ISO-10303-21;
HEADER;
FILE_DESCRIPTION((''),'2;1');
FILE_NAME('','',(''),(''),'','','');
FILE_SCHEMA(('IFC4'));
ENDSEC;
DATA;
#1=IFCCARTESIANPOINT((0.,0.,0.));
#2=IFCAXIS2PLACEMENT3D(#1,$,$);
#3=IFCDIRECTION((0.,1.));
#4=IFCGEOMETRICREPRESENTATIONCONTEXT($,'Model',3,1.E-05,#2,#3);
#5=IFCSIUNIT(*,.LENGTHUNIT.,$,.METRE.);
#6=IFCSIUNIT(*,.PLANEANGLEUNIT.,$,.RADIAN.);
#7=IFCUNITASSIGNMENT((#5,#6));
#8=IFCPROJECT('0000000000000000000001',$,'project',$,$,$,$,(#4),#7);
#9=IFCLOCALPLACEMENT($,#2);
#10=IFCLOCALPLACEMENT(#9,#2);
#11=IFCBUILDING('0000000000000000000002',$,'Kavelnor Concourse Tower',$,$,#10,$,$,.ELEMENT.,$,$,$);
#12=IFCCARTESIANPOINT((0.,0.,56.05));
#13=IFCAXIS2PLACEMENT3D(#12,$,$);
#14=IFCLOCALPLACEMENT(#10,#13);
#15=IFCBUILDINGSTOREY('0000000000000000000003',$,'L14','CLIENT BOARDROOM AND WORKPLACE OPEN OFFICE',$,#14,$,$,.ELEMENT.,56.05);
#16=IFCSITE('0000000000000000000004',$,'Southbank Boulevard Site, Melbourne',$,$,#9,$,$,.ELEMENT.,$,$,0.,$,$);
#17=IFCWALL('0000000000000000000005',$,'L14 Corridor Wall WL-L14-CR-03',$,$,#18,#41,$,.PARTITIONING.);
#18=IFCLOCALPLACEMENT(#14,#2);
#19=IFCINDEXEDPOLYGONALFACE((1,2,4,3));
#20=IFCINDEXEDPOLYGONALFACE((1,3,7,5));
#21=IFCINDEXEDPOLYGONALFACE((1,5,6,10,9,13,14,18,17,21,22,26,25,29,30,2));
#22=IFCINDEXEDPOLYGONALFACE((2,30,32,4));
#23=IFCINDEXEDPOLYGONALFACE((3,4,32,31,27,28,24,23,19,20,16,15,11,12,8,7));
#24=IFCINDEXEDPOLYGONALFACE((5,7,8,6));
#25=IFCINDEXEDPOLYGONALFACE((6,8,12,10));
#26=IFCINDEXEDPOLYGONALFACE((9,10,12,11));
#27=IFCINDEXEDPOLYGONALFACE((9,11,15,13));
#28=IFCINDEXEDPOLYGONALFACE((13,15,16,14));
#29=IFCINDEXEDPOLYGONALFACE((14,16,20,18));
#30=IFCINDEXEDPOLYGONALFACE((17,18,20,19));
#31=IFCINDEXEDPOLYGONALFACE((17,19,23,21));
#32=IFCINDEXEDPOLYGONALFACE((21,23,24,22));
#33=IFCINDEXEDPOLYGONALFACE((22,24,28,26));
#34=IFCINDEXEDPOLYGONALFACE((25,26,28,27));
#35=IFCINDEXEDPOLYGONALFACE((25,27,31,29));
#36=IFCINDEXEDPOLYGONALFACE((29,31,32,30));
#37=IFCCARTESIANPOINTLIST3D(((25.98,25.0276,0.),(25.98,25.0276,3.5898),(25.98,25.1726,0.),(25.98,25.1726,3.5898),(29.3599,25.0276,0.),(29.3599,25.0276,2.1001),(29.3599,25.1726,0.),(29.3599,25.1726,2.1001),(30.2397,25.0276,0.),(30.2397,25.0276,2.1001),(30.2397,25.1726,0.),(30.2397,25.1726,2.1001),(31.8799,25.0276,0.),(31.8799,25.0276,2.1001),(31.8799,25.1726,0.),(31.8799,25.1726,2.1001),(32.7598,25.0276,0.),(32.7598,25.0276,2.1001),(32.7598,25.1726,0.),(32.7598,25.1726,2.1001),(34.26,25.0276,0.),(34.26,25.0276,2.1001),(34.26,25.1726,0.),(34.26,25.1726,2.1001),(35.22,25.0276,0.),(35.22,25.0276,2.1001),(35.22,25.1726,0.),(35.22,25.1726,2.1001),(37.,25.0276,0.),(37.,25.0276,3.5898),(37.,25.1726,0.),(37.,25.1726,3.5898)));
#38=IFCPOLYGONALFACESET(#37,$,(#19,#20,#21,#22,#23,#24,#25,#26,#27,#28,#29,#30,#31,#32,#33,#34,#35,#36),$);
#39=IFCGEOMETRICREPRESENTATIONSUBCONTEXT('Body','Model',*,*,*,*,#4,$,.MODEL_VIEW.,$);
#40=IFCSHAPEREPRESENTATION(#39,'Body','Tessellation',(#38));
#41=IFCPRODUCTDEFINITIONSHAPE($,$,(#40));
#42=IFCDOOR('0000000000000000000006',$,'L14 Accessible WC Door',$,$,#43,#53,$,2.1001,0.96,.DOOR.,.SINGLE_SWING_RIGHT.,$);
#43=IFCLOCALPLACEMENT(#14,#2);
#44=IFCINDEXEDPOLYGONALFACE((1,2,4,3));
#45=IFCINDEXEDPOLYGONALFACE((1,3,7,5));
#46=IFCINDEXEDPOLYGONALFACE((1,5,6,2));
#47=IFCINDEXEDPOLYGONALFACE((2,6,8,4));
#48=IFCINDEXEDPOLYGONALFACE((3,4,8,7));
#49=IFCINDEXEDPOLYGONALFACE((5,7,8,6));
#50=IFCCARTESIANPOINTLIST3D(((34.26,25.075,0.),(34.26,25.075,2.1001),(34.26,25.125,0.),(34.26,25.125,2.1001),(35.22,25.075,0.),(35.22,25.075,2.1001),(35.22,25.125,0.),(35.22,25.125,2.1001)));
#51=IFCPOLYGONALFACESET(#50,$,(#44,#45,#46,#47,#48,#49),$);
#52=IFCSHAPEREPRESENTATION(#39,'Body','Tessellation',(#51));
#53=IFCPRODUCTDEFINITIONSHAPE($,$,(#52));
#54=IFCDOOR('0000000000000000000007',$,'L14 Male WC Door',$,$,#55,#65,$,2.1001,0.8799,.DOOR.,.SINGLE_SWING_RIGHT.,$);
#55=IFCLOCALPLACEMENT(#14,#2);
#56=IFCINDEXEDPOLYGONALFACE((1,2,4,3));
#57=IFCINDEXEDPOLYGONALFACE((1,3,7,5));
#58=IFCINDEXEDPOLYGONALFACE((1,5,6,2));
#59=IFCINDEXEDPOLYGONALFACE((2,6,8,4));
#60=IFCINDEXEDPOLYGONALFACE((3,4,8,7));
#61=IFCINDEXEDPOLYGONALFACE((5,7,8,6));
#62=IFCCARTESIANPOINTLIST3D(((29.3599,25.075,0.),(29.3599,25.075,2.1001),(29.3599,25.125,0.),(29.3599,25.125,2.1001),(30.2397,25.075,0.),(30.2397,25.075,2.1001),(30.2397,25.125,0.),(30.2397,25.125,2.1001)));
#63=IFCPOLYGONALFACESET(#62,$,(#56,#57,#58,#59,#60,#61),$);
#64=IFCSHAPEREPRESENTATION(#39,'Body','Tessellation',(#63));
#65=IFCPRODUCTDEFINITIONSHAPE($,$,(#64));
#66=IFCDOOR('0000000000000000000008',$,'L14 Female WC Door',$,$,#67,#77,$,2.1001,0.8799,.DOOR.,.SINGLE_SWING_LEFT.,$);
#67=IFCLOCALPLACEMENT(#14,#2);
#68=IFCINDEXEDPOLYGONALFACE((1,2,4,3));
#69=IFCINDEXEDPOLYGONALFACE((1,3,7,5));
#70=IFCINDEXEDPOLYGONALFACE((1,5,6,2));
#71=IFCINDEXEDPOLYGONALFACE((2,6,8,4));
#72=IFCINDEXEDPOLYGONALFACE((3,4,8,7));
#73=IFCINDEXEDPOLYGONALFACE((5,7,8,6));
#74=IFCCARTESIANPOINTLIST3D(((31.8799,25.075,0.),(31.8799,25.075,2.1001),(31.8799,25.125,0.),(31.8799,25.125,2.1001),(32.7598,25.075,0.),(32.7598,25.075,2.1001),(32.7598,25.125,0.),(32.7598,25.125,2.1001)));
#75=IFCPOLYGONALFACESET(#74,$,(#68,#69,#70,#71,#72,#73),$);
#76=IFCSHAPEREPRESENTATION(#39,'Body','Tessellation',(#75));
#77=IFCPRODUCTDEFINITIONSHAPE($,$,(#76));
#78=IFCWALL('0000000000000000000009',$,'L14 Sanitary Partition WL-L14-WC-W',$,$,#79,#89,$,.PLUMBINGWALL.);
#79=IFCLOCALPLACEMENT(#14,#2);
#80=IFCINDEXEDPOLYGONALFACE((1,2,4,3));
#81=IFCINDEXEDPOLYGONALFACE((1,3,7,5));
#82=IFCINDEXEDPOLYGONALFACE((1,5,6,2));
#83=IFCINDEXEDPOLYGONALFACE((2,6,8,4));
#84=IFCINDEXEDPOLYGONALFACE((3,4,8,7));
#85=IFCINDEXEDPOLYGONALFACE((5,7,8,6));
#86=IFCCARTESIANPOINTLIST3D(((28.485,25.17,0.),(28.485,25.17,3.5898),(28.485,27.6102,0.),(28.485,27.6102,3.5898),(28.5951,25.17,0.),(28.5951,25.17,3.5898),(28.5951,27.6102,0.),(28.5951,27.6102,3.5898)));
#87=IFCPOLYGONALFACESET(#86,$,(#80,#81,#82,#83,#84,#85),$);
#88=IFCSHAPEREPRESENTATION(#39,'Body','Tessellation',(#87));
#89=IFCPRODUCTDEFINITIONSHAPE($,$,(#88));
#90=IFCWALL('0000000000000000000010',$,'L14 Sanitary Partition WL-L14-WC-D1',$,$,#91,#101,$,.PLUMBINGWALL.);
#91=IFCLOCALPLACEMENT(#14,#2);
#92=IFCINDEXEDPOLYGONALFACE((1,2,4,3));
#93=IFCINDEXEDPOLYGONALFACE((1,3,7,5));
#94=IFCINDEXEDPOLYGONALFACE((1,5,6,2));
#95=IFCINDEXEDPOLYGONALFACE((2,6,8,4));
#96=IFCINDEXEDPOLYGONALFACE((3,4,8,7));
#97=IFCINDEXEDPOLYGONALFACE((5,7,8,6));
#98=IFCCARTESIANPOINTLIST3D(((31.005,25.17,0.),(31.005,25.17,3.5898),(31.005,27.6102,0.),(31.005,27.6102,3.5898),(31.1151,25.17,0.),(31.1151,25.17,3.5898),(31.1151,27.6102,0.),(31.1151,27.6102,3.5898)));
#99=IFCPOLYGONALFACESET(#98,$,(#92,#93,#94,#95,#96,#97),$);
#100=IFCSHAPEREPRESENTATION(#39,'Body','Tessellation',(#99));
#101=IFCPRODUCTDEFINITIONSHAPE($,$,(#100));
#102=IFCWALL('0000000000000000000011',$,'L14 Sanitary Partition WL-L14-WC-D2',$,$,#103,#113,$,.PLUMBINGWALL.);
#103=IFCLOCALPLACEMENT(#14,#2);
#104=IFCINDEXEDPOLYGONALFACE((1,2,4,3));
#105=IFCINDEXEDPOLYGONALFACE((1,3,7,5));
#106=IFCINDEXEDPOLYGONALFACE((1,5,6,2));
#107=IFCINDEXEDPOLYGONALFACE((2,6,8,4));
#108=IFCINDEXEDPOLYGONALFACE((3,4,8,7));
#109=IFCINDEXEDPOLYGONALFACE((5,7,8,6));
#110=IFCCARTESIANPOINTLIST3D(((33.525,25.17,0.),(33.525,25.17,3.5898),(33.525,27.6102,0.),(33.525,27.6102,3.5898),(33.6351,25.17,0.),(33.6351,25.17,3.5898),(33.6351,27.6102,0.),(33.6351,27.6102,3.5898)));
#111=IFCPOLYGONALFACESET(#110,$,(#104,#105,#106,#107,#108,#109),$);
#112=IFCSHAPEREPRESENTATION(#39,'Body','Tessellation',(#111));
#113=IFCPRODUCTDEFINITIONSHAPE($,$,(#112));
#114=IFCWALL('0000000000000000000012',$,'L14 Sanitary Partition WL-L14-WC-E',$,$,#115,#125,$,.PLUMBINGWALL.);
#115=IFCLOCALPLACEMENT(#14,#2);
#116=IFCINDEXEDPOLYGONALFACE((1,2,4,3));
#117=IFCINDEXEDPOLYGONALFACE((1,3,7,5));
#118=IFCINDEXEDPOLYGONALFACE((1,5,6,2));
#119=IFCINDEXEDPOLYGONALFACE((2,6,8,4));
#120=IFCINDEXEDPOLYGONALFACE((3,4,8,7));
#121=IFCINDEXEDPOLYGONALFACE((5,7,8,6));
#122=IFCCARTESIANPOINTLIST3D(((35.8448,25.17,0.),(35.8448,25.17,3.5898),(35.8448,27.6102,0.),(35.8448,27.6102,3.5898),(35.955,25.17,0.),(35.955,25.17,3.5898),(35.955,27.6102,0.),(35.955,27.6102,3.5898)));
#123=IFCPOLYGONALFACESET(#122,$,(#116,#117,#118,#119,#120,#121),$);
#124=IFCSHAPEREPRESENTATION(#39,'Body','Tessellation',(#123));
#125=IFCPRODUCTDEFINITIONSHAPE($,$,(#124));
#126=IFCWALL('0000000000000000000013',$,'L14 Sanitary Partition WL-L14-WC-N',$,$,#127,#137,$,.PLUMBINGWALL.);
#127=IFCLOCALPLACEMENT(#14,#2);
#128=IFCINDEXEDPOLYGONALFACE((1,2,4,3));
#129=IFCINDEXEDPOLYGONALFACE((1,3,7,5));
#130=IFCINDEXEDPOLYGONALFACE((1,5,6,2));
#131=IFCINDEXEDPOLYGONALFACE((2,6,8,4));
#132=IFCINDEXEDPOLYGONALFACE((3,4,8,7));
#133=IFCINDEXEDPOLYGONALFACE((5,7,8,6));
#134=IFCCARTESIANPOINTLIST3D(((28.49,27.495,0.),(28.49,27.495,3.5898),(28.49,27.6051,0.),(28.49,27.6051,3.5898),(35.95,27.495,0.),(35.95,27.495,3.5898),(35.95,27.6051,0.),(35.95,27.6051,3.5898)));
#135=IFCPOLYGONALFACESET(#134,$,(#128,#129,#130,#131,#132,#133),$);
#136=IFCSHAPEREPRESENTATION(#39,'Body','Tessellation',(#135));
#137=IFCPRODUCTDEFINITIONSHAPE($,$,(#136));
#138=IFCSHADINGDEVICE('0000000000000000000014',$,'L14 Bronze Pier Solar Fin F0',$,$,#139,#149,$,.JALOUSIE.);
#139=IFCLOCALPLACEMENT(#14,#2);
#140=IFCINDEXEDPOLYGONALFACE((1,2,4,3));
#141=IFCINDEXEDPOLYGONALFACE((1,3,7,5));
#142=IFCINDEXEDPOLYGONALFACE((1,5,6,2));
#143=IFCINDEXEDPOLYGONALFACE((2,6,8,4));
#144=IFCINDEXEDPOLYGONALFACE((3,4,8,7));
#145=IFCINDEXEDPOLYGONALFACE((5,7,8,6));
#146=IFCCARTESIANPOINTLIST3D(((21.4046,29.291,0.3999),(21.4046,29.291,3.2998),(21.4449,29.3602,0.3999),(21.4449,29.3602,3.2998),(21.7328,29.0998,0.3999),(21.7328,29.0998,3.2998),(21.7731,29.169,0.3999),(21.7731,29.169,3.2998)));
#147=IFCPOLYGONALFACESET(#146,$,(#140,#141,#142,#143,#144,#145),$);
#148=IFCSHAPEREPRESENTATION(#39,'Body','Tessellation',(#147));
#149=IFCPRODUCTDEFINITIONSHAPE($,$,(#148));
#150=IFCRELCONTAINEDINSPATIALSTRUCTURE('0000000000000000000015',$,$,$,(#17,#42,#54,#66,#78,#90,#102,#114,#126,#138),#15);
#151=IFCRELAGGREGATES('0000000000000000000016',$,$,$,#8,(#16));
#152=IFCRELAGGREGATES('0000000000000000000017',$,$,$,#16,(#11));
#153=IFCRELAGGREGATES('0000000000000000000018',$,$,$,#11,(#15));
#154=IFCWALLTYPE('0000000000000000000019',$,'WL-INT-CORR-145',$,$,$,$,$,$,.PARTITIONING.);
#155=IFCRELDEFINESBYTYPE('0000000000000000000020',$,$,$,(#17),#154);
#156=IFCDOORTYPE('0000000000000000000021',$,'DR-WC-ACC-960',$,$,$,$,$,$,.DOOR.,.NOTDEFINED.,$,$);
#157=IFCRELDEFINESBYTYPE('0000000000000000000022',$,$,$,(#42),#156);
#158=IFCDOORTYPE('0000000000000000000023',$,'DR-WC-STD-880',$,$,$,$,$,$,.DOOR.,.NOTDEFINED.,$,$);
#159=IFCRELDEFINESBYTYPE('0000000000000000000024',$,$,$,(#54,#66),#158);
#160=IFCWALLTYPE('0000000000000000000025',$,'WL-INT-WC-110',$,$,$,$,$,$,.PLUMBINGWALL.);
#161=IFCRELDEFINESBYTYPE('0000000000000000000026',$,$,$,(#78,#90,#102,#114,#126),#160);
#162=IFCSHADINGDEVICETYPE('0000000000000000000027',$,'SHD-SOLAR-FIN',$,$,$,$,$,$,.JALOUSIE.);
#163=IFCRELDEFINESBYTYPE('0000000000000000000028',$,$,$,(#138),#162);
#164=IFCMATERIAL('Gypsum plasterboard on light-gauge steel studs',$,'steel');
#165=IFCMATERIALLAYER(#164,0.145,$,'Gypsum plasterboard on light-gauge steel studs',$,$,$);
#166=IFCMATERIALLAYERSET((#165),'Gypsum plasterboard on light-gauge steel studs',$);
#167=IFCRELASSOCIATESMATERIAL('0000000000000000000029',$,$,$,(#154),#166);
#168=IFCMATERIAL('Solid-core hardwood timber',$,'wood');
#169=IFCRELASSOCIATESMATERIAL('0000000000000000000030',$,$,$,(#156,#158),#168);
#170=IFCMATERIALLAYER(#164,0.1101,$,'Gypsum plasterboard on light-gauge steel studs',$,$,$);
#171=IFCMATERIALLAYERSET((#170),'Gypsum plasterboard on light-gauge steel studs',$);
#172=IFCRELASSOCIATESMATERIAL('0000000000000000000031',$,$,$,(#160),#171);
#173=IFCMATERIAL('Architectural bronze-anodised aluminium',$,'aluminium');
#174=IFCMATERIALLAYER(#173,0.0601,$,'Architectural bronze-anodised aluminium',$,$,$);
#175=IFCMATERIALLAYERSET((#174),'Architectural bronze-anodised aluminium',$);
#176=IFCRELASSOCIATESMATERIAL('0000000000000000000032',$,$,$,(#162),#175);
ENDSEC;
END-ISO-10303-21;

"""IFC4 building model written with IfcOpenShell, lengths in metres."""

from ifc_helpers import new_model, si_unit, direction, frame, frame_2d, origin, origin_2d, place, context, subcontext, project, spatial, rectangle, extrude, material, layer, layer_set, type_object, element, fill, save


model = new_model("IFC4")

# Units and contexts
model_context = context("Model", 3, precision=1e-05, world=origin(), true_north=direction((0.0, 1.0)))
body_context = subcontext(model_context, "Body", "Model", "MODEL_VIEW")
ifc_project = project(units=[si_unit("LENGTHUNIT", "METRE"), si_unit("PLANEANGLEUNIT", "RADIAN")], contexts=[model_context])

# Site, building, storey
site_placement = place(None, origin())
site = spatial("IfcSite", under=ifc_project, at=site_placement, Name="Southbank Boulevard Site, Melbourne", CompositionType="ELEMENT", RefElevation=0.0)
building_placement = place(site_placement, origin())
building = spatial("IfcBuilding", under=site, at=building_placement, Name="Kavelnor Concourse Tower", CompositionType="ELEMENT")
storey_placement = place(building_placement, frame((0.0, 0.0, 56.05)))
storey = spatial("IfcBuildingStorey", under=building, at=storey_placement, Name="L14", Description="CLIENT BOARDROOM AND WORKPLACE OPEN OFFICE", CompositionType="ELEMENT", Elevation=56.05)

# Wall, openings, doors
ifc_material_1 = material(Name="Gypsum plasterboard on light-gauge steel studs", Category="steel")
ifc_layer_1 = layer(ifc_material_1, 0.145, Name="Gypsum plasterboard on light-gauge steel studs")
ifc_layer_set_1 = layer_set([ifc_layer_1], Name="Gypsum plasterboard on light-gauge steel studs")
wall_type_1 = type_object("IfcWallType", Name="WL-INT-CORR-145", PredefinedType="PARTITIONING", material=ifc_layer_set_1)
wall_1_placement = place(storey_placement, frame((25.98, 25.1001, 0.0), z_axis=(0.0, 0.0, 1.0), x_axis=(1.0, 0.0, 0.0)))
wall_1 = element("IfcWall", 1, at=wall_1_placement, inside=storey, type_object=wall_type_1, Name="L14 Corridor Wall WL-L14-CR-03", PredefinedType="PARTITIONING", context=body_context, shape_type="SweptSolid", body=[
    extrude(rectangle(XDim=11.02, YDim=0.145, at=frame_2d((5.51, 0.0))), origin(), (0.0, 0.0, 1.0), 3.5898),
])
opening_1_placement = place(wall_1_placement, frame((3.3799, 0.0, 0.0)))
opening_1 = element("IfcOpeningElement", 2, at=opening_1_placement, cuts=wall_1, PredefinedType="OPENING", context=body_context, shape_type="SweptSolid", body=[
    extrude(rectangle(XDim=0.8799, YDim=2.1001, at=frame_2d((0.4399, 1.05))), frame((0.0, 0.0825, 0.0), z_axis=(0.0, -1.0, 0.0), x_axis=(1.0, 0.0, 0.0)), (0.0, 0.0, 1.0), 0.165),
])
opening_2_placement = place(wall_1_placement, frame((5.8999, 0.0, 0.0)))
opening_2 = element("IfcOpeningElement", 3, at=opening_2_placement, cuts=wall_1, PredefinedType="OPENING", context=body_context, shape_type="SweptSolid", body=[
    extrude(rectangle(XDim=0.8799, YDim=2.1001, at=frame_2d((0.4399, 1.05))), frame((0.0, 0.0825, 0.0), z_axis=(0.0, -1.0, 0.0), x_axis=(1.0, 0.0, 0.0)), (0.0, 0.0, 1.0), 0.165),
])
opening_3_placement = place(wall_1_placement, frame((8.28, 0.0, 0.0)))
opening_3 = element("IfcOpeningElement", 4, at=opening_3_placement, cuts=wall_1, PredefinedType="OPENING", context=body_context, shape_type="SweptSolid", body=[
    extrude(rectangle(XDim=0.96, YDim=2.1001, at=frame_2d((0.48, 1.05))), frame((0.0, 0.0825, 0.0), z_axis=(0.0, -1.0, 0.0), x_axis=(1.0, 0.0, 0.0)), (0.0, 0.0, 1.0), 0.165),
])
ifc_material_2 = material(Name="Solid-core hardwood timber", Category="wood")
door_type_1 = type_object("IfcDoorType", Name="DR-WC-ACC-960", OperationType="NOTDEFINED", PredefinedType="DOOR", material=ifc_material_2)
door_1_placement = place(opening_3_placement, origin())
door_1 = element("IfcDoor", 5, at=door_1_placement, inside=storey, type_object=door_type_1, Name="L14 Accessible WC Door", OperationType="SINGLE_SWING_RIGHT", OverallHeight=2.1001, OverallWidth=0.96, PredefinedType="DOOR", context=body_context, shape_type="SweptSolid", body=[
    extrude(rectangle(XDim=0.96, YDim=2.1001, at=frame_2d((0.48, 1.05))), frame((0.0, 0.0249, 0.0), z_axis=(0.0, -1.0, 0.0), x_axis=(1.0, 0.0, 0.0)), (0.0, 0.0, 1.0), 0.05),
])
fill(opening_3, door_1)
door_type_2 = type_object("IfcDoorType", Name="DR-WC-STD-880", OperationType="NOTDEFINED", PredefinedType="DOOR", material=ifc_material_2)
door_2_placement = place(opening_1_placement, origin())
door_2 = element("IfcDoor", 6, at=door_2_placement, inside=storey, type_object=door_type_2, Name="L14 Male WC Door", OperationType="SINGLE_SWING_RIGHT", OverallHeight=2.1001, OverallWidth=0.8799, PredefinedType="DOOR", context=body_context, shape_type="SweptSolid", body=[
    extrude(rectangle(XDim=0.8799, YDim=2.1001, at=frame_2d((0.4399, 1.05))), frame((0.0, 0.0249, 0.0), z_axis=(0.0, -1.0, 0.0), x_axis=(1.0, 0.0, 0.0)), (0.0, 0.0, 1.0), 0.05),
])
fill(opening_1, door_2)
door_3_placement = place(opening_2_placement, origin())
door_3 = element("IfcDoor", 7, at=door_3_placement, inside=storey, type_object=door_type_2, Name="L14 Female WC Door", OperationType="SINGLE_SWING_LEFT", OverallHeight=2.1001, OverallWidth=0.8799, PredefinedType="DOOR", context=body_context, shape_type="SweptSolid", body=[
    extrude(rectangle(XDim=0.8799, YDim=2.1001, at=frame_2d((0.4399, 1.05))), frame((0.0, 0.0249, 0.0), z_axis=(0.0, -1.0, 0.0), x_axis=(1.0, 0.0, 0.0)), (0.0, 0.0, 1.0), 0.05),
])
fill(opening_2, door_3)

# Walls
ifc_layer_2 = layer(ifc_material_1, 0.1101, Name="Gypsum plasterboard on light-gauge steel studs")
ifc_layer_set_2 = layer_set([ifc_layer_2], Name="Gypsum plasterboard on light-gauge steel studs")
wall_type_2 = type_object("IfcWallType", Name="WL-INT-WC-110", PredefinedType="PLUMBINGWALL", material=ifc_layer_set_2)
for number, where, z_axis, x_axis, name in (
    (8, (28.54, 25.1699, 0.0), (0.0, 0.0, 1.0), (0.0, 1.0, 0.0), "L14 Sanitary Partition WL-L14-WC-W"),
    (9, (31.0601, 25.1699, 0.0), (0.0, 0.0, 1.0), (0.0, 1.0, 0.0), "L14 Sanitary Partition WL-L14-WC-D1"),
    (10, (33.5801, 25.1699, 0.0), (0.0, 0.0, 1.0), (0.0, 1.0, 0.0), "L14 Sanitary Partition WL-L14-WC-D2"),
    (11, (35.8999, 25.1699, 0.0), (0.0, 0.0, 1.0), (0.0, 1.0, 0.0), "L14 Sanitary Partition WL-L14-WC-E"),
):
    element("IfcWall", number, at=place(storey_placement, frame(where, z_axis=z_axis, x_axis=x_axis)), inside=storey, type_object=wall_type_2, Name=name, PredefinedType="PLUMBINGWALL", context=body_context, shape_type="SweptSolid", body=[
        extrude(rectangle(XDim=2.4402, YDim=0.1101, at=frame_2d((1.2202, 0.0))), origin(), (0.0, 0.0, 1.0), 3.5898),
    ])
wall_2_placement = place(storey_placement, frame((28.49, 27.55, 0.0), z_axis=(0.0, 0.0, 1.0), x_axis=(1.0, 0.0, 0.0)))
element("IfcWall", 12, at=wall_2_placement, inside=storey, type_object=wall_type_2, Name="L14 Sanitary Partition WL-L14-WC-N", PredefinedType="PLUMBINGWALL", context=body_context, shape_type="SweptSolid", body=[
    extrude(rectangle(XDim=7.46, YDim=0.1101, at=frame_2d((3.73, 0.0))), origin(), (0.0, 0.0, 1.0), 3.5898),
])

# Shading device
ifc_material_3 = material(Name="Architectural bronze-anodised aluminium", Category="aluminium")
ifc_layer_3 = layer(ifc_material_3, 0.0601, Name="Architectural bronze-anodised aluminium")
ifc_layer_set_3 = layer_set([ifc_layer_3], Name="Architectural bronze-anodised aluminium")
shading_device_type = type_object("IfcShadingDeviceType", Name="SHD-SOLAR-FIN", PredefinedType="JALOUSIE", material=ifc_layer_set_3)
shading_device_placement = place(storey_placement, frame((21.5889, 29.23, 0.3999), z_axis=(0.0, 0.0, 1.0), x_axis=(-0.864099, 0.503322, 0.0)))
element("IfcShadingDevice", 13, at=shading_device_placement, inside=storey, type_object=shading_device_type, Name="L14 Bronze Pier Solar Fin F0", PredefinedType="JALOUSIE", context=body_context, shape_type="SweptSolid", body=[
    extrude(rectangle(XDim=0.3799, YDim=0.0801, at=origin_2d()), origin(), (0.0, 0.0, 1.0), 2.8999),
])

save(model, "model.ifc")
